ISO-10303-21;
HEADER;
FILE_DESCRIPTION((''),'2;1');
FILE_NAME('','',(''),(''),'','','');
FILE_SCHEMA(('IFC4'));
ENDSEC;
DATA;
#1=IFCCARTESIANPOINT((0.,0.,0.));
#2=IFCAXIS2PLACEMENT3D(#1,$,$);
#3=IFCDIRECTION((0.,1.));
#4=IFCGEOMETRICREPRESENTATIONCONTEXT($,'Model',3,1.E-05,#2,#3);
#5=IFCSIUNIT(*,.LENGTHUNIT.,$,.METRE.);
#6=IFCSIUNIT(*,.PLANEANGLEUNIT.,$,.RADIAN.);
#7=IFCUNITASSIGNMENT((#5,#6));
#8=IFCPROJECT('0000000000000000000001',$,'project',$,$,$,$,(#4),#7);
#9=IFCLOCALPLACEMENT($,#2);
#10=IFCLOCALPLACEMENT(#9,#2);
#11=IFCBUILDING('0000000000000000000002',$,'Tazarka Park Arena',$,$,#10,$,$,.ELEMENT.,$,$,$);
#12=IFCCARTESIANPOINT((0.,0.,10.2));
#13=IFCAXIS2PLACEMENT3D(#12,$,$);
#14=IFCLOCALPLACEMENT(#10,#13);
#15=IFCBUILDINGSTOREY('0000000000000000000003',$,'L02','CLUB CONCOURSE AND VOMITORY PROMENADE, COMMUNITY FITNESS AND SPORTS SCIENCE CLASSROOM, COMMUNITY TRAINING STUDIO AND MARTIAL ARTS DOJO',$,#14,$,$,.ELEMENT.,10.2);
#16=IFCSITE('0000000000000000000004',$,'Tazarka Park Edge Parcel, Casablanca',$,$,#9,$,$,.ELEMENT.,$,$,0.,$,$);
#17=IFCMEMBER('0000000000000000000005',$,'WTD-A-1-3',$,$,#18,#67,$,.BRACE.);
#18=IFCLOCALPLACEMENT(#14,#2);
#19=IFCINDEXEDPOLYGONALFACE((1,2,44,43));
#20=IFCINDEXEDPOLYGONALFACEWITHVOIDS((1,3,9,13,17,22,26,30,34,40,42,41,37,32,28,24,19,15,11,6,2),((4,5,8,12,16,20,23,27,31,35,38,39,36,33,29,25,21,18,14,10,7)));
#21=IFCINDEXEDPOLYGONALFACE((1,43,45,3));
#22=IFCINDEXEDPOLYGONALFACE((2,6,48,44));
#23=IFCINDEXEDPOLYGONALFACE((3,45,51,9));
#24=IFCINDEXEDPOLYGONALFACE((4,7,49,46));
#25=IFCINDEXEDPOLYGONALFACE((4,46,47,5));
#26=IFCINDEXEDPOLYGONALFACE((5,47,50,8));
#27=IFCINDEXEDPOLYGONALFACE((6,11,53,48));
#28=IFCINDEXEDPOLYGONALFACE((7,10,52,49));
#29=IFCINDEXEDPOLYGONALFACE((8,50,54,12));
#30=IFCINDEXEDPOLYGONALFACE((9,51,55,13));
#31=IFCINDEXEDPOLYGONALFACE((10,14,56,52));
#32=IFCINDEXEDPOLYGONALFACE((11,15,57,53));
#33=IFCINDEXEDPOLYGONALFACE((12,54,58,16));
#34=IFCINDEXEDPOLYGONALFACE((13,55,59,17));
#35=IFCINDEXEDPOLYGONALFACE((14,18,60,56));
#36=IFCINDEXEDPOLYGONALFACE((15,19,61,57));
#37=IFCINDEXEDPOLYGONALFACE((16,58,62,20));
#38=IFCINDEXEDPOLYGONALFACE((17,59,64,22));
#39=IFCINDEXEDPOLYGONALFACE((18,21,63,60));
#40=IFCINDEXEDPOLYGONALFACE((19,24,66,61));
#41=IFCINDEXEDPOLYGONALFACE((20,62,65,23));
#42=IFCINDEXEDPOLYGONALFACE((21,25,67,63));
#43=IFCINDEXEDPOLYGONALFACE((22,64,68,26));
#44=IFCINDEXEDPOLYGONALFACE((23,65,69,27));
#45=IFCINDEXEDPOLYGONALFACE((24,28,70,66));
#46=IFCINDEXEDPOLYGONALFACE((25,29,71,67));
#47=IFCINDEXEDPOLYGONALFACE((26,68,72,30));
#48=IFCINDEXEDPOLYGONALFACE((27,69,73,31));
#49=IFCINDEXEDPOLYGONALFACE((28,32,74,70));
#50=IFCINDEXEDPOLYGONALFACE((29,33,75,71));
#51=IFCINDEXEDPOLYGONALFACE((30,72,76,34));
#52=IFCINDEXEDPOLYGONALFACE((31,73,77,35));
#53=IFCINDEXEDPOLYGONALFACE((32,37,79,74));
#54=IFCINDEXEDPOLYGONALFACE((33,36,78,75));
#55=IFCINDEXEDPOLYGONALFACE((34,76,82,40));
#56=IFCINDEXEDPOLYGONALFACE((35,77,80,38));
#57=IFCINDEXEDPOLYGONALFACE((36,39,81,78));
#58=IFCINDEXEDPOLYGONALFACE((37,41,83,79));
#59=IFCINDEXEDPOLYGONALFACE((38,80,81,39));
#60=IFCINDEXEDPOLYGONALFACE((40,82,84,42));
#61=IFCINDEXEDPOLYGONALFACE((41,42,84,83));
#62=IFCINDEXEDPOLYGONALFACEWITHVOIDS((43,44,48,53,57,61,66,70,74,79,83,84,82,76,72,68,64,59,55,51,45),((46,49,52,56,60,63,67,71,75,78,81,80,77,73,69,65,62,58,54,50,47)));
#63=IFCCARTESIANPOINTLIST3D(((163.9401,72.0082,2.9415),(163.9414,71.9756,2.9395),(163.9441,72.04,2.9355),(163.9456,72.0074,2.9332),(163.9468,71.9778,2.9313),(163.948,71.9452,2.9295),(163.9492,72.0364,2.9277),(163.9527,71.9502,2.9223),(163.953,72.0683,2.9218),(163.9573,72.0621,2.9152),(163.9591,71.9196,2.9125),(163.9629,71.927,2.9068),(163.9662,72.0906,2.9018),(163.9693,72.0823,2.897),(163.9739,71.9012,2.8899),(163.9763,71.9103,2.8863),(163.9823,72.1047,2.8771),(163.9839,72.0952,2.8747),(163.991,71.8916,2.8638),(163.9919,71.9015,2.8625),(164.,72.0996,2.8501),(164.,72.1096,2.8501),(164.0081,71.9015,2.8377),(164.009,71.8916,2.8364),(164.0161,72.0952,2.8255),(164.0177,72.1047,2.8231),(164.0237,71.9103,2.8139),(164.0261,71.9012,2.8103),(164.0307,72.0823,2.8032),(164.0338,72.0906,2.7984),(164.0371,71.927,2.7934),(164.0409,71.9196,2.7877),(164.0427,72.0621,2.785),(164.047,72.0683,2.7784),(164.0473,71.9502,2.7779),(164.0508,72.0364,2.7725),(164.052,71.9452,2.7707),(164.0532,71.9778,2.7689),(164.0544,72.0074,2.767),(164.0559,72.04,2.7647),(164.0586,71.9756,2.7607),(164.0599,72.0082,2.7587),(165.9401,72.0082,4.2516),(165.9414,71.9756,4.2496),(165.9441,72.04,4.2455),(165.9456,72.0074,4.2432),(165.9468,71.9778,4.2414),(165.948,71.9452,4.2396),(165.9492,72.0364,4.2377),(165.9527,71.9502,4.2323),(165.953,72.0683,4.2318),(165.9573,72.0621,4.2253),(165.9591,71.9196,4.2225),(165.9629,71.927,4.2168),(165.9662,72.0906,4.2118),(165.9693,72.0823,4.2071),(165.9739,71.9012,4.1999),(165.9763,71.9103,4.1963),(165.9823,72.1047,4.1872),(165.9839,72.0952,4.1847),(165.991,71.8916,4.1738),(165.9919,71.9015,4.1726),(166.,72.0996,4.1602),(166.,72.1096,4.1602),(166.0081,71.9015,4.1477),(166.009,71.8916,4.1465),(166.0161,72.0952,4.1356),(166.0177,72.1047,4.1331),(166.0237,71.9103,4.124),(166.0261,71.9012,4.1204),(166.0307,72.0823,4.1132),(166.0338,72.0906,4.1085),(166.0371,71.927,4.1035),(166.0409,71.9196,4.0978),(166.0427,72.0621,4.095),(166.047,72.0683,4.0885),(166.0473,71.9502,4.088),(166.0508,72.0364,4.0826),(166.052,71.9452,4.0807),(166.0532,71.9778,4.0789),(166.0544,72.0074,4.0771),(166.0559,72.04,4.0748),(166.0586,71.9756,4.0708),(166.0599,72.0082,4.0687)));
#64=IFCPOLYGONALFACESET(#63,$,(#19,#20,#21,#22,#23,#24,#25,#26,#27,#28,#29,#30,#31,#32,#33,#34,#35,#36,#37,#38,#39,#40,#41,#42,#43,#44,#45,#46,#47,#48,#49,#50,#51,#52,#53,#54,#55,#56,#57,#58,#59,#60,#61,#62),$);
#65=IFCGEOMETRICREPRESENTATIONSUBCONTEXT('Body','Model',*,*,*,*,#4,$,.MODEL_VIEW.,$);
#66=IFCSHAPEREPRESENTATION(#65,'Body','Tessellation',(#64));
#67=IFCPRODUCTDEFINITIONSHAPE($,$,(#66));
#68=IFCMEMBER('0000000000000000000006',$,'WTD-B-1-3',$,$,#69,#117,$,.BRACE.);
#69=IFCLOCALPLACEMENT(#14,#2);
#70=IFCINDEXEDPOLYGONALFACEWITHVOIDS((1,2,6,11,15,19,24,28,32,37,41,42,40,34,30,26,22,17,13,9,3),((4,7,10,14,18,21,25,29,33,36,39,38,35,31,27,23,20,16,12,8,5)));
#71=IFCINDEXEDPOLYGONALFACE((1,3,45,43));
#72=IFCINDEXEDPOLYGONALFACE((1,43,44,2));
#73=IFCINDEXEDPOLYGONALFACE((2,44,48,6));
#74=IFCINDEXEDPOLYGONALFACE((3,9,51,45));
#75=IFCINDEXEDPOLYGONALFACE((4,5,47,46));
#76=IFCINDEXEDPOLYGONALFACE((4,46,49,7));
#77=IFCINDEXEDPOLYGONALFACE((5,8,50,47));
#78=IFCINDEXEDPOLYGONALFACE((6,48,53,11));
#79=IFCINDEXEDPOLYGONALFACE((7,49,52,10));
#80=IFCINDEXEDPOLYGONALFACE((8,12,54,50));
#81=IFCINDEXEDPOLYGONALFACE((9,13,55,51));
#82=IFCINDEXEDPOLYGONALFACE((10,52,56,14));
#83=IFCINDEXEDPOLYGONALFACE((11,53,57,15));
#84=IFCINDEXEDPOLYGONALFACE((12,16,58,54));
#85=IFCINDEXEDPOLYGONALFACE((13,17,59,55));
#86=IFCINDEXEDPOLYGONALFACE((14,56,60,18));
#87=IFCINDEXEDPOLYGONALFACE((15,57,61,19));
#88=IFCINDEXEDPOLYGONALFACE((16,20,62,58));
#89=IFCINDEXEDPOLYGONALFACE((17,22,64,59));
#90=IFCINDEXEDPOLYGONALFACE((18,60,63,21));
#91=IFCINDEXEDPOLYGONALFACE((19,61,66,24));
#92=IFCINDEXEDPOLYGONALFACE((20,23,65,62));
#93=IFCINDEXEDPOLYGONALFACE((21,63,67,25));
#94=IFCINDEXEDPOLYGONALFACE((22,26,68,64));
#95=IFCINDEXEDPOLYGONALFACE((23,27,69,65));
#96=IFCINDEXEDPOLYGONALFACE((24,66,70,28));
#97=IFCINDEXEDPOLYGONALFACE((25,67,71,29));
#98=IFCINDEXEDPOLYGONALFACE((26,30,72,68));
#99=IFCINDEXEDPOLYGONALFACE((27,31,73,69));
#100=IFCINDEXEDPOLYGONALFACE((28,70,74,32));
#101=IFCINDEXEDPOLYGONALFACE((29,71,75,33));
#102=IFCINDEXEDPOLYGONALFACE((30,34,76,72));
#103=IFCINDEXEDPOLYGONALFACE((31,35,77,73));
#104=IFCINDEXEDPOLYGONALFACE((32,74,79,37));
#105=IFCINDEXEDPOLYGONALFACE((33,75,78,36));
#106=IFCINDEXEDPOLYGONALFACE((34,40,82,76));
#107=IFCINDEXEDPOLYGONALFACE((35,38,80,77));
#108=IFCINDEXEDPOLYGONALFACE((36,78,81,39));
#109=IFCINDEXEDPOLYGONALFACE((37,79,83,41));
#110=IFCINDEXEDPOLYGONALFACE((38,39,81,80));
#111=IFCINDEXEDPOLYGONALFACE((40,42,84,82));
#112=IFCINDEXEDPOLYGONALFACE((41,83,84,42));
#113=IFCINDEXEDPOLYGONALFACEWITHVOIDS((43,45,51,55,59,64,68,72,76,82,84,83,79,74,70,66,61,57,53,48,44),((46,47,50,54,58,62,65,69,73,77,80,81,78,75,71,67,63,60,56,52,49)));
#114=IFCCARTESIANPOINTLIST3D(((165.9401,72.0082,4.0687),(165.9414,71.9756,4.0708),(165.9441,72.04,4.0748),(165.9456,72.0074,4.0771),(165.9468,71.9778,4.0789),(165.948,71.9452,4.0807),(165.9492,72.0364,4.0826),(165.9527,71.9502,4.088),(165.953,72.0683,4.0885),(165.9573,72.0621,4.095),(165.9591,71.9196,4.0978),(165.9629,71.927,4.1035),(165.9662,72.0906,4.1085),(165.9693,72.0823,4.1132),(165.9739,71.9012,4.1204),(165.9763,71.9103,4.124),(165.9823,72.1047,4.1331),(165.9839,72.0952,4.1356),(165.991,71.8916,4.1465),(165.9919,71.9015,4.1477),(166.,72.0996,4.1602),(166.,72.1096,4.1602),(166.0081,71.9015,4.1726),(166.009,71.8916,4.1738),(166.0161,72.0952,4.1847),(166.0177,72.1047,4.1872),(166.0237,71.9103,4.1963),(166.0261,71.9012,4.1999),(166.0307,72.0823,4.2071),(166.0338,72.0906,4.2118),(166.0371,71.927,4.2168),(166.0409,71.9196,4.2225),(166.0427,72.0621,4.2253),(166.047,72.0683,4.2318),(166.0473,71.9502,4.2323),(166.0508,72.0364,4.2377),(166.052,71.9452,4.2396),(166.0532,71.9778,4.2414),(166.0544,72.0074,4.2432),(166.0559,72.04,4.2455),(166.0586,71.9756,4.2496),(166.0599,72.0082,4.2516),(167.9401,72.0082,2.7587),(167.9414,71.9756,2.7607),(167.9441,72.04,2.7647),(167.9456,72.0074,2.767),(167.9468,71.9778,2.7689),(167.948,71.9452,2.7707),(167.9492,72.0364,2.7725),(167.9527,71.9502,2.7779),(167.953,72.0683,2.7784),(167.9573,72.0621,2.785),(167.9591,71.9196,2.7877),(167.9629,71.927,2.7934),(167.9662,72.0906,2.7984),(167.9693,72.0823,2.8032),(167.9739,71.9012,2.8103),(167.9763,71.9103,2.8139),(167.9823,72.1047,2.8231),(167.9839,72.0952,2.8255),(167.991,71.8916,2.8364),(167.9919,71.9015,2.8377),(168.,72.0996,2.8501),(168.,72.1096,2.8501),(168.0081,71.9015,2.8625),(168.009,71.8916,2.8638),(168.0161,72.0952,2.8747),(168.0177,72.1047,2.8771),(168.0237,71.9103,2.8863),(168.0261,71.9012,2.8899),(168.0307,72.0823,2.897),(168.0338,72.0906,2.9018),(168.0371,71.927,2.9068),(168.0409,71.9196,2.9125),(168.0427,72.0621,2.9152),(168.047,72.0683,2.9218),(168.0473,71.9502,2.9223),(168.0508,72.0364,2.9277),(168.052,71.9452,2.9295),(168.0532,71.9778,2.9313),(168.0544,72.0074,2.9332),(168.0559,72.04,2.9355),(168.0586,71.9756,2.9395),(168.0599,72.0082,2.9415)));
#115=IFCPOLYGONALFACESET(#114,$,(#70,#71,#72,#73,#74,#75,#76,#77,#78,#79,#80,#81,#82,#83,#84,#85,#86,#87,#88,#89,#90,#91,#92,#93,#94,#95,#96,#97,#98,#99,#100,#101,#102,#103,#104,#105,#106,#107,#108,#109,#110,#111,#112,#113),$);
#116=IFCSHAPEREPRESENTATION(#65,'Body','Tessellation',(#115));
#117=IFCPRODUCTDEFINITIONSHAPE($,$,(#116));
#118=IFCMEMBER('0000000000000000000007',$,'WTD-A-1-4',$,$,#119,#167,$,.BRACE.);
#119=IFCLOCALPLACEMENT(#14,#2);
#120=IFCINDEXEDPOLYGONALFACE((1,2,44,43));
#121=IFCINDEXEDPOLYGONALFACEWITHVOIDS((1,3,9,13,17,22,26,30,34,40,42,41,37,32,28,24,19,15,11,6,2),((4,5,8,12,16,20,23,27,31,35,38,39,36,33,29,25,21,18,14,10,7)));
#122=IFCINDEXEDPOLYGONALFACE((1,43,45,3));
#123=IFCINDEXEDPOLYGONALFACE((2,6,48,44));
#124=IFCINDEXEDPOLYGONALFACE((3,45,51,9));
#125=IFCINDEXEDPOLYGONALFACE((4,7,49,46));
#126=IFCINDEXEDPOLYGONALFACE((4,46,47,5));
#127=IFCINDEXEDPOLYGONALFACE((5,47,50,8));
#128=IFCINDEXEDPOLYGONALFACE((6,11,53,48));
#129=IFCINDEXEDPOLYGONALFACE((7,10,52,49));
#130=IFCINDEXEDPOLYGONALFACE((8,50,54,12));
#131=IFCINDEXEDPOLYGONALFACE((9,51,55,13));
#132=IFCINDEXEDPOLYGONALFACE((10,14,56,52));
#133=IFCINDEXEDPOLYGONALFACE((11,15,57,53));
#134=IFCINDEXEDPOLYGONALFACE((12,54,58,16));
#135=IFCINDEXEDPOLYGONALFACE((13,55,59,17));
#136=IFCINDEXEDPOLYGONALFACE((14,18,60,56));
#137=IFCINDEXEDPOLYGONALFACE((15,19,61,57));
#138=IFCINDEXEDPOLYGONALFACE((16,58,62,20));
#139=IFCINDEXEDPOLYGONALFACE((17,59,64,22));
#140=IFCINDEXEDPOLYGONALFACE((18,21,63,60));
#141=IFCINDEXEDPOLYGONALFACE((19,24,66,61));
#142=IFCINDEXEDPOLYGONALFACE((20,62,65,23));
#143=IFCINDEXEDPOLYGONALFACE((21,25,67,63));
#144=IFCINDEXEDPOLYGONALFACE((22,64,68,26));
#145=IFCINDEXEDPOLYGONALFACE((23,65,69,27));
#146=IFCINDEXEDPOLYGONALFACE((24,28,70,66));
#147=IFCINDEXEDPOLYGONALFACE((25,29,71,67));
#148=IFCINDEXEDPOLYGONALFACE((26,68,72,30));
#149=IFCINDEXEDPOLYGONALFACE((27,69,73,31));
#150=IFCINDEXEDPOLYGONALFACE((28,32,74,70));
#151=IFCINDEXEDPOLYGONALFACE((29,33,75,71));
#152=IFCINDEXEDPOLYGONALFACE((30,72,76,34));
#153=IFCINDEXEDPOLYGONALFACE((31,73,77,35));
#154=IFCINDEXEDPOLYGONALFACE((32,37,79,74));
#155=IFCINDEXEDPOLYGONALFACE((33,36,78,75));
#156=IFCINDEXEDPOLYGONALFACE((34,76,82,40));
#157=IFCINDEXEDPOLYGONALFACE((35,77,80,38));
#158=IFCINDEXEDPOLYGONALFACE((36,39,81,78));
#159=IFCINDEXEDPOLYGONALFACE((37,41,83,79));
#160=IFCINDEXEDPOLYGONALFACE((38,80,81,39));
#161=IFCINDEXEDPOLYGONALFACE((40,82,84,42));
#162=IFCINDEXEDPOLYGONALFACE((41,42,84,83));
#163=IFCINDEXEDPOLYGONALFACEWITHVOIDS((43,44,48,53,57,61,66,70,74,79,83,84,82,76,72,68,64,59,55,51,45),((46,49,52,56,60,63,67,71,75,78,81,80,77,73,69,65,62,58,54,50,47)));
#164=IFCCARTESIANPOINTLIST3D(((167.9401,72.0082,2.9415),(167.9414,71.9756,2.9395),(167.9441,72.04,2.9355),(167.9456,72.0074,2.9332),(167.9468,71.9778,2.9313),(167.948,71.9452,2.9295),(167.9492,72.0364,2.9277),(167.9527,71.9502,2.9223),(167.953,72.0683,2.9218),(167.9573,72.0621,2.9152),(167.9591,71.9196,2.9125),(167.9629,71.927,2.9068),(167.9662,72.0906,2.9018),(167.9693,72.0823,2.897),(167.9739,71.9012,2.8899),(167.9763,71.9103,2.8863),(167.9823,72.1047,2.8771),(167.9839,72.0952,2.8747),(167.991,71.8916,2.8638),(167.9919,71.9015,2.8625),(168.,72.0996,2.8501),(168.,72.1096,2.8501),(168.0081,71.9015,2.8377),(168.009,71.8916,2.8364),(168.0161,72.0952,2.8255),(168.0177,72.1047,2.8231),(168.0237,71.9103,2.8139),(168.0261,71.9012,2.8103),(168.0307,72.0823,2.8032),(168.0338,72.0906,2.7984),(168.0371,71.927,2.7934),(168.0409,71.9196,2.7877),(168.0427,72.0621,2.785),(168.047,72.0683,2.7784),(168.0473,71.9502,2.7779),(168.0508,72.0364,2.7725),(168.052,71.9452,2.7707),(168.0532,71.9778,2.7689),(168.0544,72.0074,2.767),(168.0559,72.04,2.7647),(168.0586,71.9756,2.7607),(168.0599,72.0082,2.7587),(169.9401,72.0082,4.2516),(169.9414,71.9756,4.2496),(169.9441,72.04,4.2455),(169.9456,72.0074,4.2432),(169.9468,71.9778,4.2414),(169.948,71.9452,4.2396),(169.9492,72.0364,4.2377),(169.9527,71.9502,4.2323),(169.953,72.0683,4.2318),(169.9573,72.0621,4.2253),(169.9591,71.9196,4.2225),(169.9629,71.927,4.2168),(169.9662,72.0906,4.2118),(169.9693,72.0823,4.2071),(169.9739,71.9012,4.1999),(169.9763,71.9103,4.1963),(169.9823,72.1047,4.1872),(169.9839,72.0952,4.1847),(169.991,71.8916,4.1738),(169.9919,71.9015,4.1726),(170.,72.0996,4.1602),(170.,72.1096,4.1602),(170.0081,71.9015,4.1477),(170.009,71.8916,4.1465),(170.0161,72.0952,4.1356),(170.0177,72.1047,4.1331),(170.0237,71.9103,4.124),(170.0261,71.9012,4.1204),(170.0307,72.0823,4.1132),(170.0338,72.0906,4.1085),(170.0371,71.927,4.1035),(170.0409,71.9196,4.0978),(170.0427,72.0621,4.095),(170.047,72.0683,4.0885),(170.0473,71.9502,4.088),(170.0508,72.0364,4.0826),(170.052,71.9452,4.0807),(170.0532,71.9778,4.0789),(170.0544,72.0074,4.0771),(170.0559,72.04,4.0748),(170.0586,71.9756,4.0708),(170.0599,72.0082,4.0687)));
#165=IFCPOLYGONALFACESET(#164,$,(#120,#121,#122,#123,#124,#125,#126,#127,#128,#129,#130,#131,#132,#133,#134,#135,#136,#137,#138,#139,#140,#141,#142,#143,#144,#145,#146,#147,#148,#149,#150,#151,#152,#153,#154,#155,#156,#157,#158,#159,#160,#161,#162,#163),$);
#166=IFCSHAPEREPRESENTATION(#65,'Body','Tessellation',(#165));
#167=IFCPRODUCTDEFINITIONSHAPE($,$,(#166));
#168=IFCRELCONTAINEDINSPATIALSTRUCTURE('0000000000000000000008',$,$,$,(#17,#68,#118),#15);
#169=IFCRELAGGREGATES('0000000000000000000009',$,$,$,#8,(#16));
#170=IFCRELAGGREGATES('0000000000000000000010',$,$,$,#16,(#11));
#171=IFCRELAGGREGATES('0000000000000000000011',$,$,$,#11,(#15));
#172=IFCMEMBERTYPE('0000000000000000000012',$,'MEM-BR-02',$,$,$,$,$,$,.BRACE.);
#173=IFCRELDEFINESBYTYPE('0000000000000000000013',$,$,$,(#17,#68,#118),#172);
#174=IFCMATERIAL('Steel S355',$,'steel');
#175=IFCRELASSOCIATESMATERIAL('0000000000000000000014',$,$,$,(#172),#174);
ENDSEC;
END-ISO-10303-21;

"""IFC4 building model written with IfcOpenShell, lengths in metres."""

from ifc_helpers import new_model, si_unit, direction, frame, origin, origin_2d, place, context, subcontext, project, spatial, hollow_circle, extrude, material, material_profile, profile_set, type_object, element, save


model = new_model("IFC4")

# Units and contexts
model_context = context("Model", 3, precision=1e-05, world=origin(), true_north=direction((0.0, 1.0)))
body_context = subcontext(model_context, "Body", "Model", "MODEL_VIEW")
ifc_project = project(units=[si_unit("LENGTHUNIT", "METRE"), si_unit("PLANEANGLEUNIT", "RADIAN")], contexts=[model_context])

# Site, building, storey
site_placement = place(None, origin())
site = spatial("IfcSite", under=ifc_project, at=site_placement, Name="Tazarka Park Edge Parcel, Casablanca", CompositionType="ELEMENT", RefElevation=0.0)
building_placement = place(site_placement, origin())
building = spatial("IfcBuilding", under=site, at=building_placement, Name="Tazarka Park Arena", CompositionType="ELEMENT")
storey_placement = place(building_placement, frame((0.0, 0.0, 10.2)))
storey = spatial("IfcBuildingStorey", under=building, at=storey_placement, Name="L02", Description="CLUB CONCOURSE AND VOMITORY PROMENADE, COMMUNITY FITNESS AND SPORTS SCIENCE CLASSROOM, COMMUNITY TRAINING STUDIO AND MARTIAL ARTS DOJO", CompositionType="ELEMENT", Elevation=10.2)

# Members
ifc_material_1 = material(Name="Steel S355", Category="steel")
ifc_material_profile_1 = material_profile(ifc_material_1, hollow_circle(Radius=0.1096, WallThickness=0.01, at=origin_2d()), Name="Steel S355")
ifc_profile_set_1 = profile_set([ifc_material_profile_1], Name="Steel S355")
member_type_1 = type_object("IfcMemberType", Name="MEM-BR-02", PredefinedType="BRACE", material=ifc_profile_set_1)
for number, where, z_axis, x_axis, name in (
    (1, (164.0, 72.0, 2.8501), (0.836516, 0.0, 0.547942), (0.0, 1.0, 0.0), "WTD-A-1-3"),
    (2, (166.0, 72.0, 4.1602), (0.836516, 0.0, -0.547942), (0.0, 1.0, 0.0), "WTD-B-1-3"),
    (3, (168.0, 72.0, 2.8501), (0.836516, 0.0, 0.547942), (0.0, 1.0, 0.0), "WTD-A-1-4"),
):
    element("IfcMember", number, at=place(storey_placement, frame(where, z_axis=z_axis, x_axis=x_axis)), inside=storey, type_object=member_type_1, Name=name, PredefinedType="BRACE", context=body_context, shape_type="SweptSolid", body=[
        extrude(hollow_circle(Radius=0.1096, WallThickness=0.01, at=origin_2d()), origin(), (0.0, 0.0, 1.0), 2.3909),
    ])

save(model, "model.ifc")
